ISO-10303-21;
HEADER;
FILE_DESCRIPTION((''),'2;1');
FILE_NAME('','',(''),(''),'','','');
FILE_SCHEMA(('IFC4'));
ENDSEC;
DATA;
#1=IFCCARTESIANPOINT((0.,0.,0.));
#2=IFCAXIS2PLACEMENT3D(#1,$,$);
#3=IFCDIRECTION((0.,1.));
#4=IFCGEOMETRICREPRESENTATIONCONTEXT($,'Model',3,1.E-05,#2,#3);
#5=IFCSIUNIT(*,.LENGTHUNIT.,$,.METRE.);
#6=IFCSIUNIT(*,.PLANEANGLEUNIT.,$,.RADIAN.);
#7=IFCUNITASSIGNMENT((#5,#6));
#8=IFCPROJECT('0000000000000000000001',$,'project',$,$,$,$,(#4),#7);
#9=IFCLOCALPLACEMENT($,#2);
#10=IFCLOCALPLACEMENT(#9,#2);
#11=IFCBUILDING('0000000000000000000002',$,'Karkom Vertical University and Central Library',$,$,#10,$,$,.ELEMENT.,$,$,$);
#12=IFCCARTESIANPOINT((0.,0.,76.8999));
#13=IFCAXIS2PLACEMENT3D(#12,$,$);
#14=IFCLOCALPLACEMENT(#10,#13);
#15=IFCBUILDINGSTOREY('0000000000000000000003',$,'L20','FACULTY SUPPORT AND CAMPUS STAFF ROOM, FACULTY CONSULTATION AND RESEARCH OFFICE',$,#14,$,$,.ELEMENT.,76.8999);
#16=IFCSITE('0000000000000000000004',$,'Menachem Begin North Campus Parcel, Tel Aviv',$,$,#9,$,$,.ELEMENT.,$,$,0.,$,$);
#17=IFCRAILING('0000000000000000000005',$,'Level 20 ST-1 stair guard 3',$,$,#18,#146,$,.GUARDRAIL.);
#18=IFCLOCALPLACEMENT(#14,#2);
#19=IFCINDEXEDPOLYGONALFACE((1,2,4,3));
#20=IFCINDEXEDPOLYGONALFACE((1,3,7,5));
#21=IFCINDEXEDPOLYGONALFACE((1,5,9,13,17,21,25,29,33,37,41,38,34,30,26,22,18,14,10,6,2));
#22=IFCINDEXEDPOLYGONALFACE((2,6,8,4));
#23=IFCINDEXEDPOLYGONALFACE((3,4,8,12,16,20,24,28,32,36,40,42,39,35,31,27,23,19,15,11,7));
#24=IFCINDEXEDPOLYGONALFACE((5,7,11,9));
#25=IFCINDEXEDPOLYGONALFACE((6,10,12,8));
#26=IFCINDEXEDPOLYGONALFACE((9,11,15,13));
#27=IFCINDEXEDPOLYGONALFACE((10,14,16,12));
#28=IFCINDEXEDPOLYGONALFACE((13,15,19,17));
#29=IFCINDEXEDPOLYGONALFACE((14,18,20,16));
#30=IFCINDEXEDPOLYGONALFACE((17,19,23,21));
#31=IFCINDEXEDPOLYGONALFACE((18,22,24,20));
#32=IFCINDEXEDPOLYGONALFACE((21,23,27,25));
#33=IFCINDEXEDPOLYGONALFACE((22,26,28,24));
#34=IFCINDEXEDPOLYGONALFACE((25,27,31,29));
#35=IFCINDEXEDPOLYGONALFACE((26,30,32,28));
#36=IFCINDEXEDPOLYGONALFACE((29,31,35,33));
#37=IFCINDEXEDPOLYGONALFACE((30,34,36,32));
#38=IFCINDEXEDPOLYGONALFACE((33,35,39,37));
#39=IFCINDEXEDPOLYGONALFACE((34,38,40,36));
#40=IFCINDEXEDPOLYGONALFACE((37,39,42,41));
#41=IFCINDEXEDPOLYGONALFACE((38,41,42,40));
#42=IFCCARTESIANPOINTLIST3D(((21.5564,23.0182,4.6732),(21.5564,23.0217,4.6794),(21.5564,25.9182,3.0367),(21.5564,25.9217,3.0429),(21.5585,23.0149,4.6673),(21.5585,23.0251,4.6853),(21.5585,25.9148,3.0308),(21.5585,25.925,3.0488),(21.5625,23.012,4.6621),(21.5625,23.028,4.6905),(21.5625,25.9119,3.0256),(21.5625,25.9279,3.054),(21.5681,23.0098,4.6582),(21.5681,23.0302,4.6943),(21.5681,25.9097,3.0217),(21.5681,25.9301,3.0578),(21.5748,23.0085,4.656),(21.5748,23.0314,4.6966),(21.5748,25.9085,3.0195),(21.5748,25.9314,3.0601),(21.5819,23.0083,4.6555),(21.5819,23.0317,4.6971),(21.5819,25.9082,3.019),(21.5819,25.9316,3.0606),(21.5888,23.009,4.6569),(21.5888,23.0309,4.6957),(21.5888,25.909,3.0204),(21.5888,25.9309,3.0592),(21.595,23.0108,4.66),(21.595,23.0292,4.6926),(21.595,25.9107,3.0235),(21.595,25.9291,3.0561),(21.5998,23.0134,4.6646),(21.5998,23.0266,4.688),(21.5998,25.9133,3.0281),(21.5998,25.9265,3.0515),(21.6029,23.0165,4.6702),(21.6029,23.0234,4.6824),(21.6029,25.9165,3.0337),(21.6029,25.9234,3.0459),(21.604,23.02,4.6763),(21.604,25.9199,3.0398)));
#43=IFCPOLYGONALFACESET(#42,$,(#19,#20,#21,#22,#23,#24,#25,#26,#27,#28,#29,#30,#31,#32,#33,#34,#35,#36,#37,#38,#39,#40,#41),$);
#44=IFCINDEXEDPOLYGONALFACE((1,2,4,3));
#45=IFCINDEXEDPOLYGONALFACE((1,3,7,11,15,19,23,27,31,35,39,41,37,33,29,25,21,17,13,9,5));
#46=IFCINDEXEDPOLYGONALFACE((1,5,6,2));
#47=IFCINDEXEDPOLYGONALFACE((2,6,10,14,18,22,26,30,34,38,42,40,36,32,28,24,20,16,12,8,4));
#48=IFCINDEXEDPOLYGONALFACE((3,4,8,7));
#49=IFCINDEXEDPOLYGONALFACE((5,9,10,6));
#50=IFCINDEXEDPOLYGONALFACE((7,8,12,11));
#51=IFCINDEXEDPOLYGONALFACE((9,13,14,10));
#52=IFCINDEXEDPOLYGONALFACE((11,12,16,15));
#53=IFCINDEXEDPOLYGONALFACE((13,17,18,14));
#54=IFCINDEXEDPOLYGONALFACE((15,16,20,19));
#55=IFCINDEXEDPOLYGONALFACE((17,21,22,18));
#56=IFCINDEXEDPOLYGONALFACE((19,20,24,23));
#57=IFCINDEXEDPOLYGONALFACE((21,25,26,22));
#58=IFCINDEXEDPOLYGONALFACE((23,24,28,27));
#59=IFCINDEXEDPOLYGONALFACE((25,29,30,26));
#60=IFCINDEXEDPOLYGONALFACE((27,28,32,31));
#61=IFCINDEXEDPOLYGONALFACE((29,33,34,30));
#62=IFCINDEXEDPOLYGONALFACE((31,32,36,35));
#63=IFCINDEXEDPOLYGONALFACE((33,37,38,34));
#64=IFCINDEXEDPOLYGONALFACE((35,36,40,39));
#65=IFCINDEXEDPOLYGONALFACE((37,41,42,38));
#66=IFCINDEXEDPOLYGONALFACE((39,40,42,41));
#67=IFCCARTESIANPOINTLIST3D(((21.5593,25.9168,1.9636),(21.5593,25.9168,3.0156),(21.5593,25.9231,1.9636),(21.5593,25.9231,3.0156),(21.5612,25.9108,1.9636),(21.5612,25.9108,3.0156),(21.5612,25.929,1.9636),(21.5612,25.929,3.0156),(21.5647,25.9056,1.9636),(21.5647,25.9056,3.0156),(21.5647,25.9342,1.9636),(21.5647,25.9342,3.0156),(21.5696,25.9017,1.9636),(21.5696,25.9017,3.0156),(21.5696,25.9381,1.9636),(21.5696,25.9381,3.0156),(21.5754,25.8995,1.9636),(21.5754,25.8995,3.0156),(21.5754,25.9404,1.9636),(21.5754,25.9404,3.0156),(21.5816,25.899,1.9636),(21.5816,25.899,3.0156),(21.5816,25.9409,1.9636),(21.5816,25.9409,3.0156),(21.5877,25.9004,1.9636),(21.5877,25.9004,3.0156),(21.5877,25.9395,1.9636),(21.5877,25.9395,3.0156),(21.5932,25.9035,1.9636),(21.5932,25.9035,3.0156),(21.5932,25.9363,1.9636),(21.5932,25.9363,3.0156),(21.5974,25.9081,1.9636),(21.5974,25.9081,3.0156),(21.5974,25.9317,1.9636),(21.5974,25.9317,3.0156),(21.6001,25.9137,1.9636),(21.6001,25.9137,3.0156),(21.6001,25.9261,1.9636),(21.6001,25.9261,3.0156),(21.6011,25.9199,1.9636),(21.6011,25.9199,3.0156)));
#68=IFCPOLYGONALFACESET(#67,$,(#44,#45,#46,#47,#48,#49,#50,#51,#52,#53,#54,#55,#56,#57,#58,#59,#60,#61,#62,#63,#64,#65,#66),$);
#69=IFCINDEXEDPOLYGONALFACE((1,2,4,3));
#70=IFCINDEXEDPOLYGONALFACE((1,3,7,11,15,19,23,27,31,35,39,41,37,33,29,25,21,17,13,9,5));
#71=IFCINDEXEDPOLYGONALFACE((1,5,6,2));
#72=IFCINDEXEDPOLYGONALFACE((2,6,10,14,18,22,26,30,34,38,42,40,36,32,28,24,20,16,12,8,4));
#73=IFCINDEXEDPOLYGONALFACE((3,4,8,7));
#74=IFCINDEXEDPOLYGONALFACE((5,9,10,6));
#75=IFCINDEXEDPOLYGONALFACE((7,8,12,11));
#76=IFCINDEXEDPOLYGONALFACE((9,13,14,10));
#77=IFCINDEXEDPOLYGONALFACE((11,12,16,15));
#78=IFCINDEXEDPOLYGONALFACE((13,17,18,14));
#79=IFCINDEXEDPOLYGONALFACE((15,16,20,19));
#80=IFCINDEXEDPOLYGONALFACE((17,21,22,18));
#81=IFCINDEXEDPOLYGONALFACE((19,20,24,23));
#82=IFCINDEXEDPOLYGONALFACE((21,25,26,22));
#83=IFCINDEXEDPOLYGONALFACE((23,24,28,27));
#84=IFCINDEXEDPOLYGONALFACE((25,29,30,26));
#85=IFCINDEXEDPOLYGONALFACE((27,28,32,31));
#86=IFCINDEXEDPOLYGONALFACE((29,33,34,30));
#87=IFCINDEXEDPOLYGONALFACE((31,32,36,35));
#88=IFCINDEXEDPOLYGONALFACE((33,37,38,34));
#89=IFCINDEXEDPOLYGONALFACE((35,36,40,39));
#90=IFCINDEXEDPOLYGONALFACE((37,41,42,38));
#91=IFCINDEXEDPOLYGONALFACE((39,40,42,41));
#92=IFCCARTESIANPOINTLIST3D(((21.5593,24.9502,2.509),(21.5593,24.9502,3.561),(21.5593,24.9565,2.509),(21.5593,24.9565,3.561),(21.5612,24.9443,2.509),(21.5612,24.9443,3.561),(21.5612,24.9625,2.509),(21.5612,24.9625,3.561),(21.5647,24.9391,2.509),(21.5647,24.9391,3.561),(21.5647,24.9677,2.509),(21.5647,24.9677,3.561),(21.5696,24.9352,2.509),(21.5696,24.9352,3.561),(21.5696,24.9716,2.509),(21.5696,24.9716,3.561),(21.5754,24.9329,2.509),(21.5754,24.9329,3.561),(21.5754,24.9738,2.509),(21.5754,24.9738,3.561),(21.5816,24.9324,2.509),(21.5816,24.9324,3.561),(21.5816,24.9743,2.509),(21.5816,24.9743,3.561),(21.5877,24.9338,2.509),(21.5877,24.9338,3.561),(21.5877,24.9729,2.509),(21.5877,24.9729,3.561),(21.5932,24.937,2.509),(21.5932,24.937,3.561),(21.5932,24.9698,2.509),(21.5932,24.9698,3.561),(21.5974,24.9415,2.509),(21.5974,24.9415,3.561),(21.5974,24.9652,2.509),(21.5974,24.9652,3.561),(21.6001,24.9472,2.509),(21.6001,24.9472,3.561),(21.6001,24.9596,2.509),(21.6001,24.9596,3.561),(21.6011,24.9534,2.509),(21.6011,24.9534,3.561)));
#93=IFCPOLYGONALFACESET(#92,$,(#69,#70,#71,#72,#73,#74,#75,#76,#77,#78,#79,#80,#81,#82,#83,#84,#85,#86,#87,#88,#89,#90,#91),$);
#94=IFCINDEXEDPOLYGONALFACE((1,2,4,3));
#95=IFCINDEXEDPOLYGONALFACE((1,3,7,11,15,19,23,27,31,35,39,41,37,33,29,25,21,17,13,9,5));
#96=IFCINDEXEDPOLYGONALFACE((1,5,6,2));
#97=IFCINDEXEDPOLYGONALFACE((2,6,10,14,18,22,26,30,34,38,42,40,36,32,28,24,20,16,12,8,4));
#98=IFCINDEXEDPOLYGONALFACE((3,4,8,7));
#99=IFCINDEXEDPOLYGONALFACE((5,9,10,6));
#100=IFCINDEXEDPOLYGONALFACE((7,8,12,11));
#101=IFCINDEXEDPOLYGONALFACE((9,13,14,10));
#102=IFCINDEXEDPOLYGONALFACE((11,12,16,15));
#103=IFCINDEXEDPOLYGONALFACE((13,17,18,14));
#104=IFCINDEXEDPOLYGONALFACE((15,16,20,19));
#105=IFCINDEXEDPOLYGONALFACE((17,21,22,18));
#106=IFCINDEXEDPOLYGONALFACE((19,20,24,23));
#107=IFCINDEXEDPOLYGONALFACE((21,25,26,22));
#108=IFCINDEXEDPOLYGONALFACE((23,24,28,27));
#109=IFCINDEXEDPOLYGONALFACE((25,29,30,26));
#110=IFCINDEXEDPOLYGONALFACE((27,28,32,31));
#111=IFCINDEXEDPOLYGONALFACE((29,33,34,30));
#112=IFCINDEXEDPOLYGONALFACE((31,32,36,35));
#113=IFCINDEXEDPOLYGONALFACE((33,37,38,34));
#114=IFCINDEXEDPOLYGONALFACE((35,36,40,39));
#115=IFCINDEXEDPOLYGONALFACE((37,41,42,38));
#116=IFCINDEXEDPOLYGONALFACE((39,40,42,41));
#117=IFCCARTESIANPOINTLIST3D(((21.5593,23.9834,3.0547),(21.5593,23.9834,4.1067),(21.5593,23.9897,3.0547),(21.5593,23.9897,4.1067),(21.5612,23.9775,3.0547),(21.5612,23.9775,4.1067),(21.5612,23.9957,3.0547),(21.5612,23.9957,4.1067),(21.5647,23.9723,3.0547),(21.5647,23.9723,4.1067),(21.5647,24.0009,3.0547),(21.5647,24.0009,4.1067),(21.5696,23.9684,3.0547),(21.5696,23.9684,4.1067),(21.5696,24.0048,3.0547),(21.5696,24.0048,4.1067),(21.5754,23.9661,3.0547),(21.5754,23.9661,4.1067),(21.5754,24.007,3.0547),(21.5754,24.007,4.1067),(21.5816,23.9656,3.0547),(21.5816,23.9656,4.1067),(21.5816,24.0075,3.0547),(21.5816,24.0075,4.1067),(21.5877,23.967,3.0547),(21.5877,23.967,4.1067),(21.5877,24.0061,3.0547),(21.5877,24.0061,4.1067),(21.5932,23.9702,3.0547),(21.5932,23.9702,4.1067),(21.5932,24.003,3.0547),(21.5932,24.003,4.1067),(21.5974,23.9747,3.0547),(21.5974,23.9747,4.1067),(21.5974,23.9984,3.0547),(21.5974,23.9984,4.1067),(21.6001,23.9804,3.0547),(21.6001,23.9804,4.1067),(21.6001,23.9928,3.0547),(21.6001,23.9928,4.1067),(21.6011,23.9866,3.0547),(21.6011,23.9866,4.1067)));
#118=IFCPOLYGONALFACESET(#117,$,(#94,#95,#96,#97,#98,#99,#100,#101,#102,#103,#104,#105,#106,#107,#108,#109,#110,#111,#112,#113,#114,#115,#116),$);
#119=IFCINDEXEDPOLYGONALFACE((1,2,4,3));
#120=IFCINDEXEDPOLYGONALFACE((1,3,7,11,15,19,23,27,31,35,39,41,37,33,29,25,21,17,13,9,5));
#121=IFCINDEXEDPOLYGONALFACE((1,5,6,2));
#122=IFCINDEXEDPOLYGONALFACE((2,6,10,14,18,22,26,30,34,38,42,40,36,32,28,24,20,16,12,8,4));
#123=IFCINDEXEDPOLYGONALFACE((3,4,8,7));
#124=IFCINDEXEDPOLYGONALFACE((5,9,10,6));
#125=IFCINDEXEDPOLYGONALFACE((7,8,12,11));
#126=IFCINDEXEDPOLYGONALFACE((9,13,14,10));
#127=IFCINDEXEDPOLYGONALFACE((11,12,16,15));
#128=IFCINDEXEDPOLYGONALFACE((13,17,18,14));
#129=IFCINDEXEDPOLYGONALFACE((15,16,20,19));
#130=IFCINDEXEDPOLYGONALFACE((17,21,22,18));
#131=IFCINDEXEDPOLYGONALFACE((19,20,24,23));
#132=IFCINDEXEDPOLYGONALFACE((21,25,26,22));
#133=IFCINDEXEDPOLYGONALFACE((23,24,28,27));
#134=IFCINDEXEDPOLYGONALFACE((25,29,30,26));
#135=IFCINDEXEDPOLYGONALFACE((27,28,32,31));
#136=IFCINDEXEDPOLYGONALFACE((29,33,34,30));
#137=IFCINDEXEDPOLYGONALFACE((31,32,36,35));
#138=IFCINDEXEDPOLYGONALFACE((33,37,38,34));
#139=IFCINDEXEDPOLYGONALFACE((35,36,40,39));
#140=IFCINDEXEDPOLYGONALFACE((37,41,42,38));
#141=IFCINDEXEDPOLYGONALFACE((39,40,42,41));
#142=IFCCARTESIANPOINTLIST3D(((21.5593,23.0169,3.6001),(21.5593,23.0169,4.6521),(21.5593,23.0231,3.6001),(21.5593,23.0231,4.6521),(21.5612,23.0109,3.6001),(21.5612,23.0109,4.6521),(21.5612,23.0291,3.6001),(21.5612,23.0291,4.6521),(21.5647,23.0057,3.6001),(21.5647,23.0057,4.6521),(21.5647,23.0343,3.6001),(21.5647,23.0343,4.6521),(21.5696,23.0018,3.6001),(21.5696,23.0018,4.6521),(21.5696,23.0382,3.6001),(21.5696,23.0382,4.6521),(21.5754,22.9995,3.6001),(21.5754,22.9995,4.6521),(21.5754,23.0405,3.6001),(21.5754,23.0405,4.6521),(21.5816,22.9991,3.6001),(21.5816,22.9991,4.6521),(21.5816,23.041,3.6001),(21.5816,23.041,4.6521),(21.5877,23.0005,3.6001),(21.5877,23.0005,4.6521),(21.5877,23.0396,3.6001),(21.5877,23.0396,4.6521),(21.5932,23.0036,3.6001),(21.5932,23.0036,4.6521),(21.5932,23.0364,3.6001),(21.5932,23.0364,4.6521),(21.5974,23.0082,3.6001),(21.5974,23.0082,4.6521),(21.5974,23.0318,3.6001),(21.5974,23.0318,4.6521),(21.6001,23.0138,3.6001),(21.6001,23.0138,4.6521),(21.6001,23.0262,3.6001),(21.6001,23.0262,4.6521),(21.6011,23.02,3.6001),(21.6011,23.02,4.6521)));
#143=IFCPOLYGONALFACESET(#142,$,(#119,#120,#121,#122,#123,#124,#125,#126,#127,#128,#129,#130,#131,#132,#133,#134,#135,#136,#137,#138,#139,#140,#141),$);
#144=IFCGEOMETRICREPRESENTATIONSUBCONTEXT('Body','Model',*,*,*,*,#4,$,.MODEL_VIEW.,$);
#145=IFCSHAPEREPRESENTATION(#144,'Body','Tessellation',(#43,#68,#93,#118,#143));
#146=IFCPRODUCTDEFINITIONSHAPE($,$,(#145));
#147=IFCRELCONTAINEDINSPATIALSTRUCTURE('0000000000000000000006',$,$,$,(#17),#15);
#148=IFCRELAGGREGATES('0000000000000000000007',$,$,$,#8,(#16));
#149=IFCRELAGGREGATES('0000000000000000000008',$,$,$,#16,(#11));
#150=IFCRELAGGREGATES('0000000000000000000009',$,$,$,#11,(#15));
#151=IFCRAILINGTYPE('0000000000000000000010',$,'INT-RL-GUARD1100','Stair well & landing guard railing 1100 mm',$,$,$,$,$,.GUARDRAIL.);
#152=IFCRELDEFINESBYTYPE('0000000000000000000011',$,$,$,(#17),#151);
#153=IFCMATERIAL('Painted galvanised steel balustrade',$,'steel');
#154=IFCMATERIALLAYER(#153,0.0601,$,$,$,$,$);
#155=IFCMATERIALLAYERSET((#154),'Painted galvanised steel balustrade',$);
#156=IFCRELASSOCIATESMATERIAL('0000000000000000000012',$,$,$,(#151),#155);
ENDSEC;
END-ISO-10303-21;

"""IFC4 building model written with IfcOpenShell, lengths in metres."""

from ifc_helpers import new_model, si_unit, direction, frame, origin, origin_2d, place, context, subcontext, project, spatial, circle, extrude, material, layer, layer_set, type_object, element, save


model = new_model("IFC4")

# Units and contexts
model_context = context("Model", 3, precision=1e-05, world=origin(), true_north=direction((0.0, 1.0)))
body_context = subcontext(model_context, "Body", "Model", "MODEL_VIEW")
ifc_project = project(units=[si_unit("LENGTHUNIT", "METRE"), si_unit("PLANEANGLEUNIT", "RADIAN")], contexts=[model_context])

# Site, building, storey
site_placement = place(None, origin())
site = spatial("IfcSite", under=ifc_project, at=site_placement, Name="Menachem Begin North Campus Parcel, Tel Aviv", CompositionType="ELEMENT", RefElevation=0.0)
building_placement = place(site_placement, origin())
building = spatial("IfcBuilding", under=site, at=building_placement, Name="Karkom Vertical University and Central Library", CompositionType="ELEMENT")
storey_placement = place(building_placement, frame((0.0, 0.0, 76.8999)))
storey = spatial("IfcBuildingStorey", under=building, at=storey_placement, Name="L20", Description="FACULTY SUPPORT AND CAMPUS STAFF ROOM, FACULTY CONSULTATION AND RESEARCH OFFICE", CompositionType="ELEMENT", Elevation=76.8999)

# Railing
ifc_material_1 = material(Name="Painted galvanised steel balustrade", Category="steel")
ifc_layer_1 = layer(ifc_material_1, 0.0601)
ifc_layer_set_1 = layer_set([ifc_layer_1], Name="Painted galvanised steel balustrade")
railing_type_1 = type_object("IfcRailingType", Name="INT-RL-GUARD1100", Description="Stair well & landing guard railing 1100 mm", PredefinedType="GUARDRAIL", material=ifc_layer_set_1)
railing_1_placement = place(storey_placement, frame((21.5801, 25.9199, 1.9636)))
element("IfcRailing", 1, at=railing_1_placement, inside=storey, type_object=railing_type_1, Name="Level 20 ST-1 stair guard 3", PredefinedType="GUARDRAIL", context=body_context, shape_type="SweptSolid", body=[
    extrude(circle(Radius=0.0239, at=origin_2d()), frame((0.0, 0.0, 1.0762), z_axis=(0.0, -0.870897, 0.491465), x_axis=(1.0, 0.0, 0.0)), (0.0, 0.0, 1.0), 3.3298),
    extrude(circle(Radius=0.021, at=origin_2d()), origin(), (0.0, 0.0, 1.0), 1.052),
    extrude(circle(Radius=0.021, at=origin_2d()), frame((0.0, -0.9666, 0.5454)), (0.0, 0.0, 1.0), 1.052),
    extrude(circle(Radius=0.021, at=origin_2d()), frame((0.0, -1.9333, 1.0911)), (0.0, 0.0, 1.0), 1.052),
    extrude(circle(Radius=0.021, at=origin_2d()), frame((0.0, -2.8999, 1.6365)), (0.0, 0.0, 1.0), 1.052),
])

save(model, "model.ifc")
